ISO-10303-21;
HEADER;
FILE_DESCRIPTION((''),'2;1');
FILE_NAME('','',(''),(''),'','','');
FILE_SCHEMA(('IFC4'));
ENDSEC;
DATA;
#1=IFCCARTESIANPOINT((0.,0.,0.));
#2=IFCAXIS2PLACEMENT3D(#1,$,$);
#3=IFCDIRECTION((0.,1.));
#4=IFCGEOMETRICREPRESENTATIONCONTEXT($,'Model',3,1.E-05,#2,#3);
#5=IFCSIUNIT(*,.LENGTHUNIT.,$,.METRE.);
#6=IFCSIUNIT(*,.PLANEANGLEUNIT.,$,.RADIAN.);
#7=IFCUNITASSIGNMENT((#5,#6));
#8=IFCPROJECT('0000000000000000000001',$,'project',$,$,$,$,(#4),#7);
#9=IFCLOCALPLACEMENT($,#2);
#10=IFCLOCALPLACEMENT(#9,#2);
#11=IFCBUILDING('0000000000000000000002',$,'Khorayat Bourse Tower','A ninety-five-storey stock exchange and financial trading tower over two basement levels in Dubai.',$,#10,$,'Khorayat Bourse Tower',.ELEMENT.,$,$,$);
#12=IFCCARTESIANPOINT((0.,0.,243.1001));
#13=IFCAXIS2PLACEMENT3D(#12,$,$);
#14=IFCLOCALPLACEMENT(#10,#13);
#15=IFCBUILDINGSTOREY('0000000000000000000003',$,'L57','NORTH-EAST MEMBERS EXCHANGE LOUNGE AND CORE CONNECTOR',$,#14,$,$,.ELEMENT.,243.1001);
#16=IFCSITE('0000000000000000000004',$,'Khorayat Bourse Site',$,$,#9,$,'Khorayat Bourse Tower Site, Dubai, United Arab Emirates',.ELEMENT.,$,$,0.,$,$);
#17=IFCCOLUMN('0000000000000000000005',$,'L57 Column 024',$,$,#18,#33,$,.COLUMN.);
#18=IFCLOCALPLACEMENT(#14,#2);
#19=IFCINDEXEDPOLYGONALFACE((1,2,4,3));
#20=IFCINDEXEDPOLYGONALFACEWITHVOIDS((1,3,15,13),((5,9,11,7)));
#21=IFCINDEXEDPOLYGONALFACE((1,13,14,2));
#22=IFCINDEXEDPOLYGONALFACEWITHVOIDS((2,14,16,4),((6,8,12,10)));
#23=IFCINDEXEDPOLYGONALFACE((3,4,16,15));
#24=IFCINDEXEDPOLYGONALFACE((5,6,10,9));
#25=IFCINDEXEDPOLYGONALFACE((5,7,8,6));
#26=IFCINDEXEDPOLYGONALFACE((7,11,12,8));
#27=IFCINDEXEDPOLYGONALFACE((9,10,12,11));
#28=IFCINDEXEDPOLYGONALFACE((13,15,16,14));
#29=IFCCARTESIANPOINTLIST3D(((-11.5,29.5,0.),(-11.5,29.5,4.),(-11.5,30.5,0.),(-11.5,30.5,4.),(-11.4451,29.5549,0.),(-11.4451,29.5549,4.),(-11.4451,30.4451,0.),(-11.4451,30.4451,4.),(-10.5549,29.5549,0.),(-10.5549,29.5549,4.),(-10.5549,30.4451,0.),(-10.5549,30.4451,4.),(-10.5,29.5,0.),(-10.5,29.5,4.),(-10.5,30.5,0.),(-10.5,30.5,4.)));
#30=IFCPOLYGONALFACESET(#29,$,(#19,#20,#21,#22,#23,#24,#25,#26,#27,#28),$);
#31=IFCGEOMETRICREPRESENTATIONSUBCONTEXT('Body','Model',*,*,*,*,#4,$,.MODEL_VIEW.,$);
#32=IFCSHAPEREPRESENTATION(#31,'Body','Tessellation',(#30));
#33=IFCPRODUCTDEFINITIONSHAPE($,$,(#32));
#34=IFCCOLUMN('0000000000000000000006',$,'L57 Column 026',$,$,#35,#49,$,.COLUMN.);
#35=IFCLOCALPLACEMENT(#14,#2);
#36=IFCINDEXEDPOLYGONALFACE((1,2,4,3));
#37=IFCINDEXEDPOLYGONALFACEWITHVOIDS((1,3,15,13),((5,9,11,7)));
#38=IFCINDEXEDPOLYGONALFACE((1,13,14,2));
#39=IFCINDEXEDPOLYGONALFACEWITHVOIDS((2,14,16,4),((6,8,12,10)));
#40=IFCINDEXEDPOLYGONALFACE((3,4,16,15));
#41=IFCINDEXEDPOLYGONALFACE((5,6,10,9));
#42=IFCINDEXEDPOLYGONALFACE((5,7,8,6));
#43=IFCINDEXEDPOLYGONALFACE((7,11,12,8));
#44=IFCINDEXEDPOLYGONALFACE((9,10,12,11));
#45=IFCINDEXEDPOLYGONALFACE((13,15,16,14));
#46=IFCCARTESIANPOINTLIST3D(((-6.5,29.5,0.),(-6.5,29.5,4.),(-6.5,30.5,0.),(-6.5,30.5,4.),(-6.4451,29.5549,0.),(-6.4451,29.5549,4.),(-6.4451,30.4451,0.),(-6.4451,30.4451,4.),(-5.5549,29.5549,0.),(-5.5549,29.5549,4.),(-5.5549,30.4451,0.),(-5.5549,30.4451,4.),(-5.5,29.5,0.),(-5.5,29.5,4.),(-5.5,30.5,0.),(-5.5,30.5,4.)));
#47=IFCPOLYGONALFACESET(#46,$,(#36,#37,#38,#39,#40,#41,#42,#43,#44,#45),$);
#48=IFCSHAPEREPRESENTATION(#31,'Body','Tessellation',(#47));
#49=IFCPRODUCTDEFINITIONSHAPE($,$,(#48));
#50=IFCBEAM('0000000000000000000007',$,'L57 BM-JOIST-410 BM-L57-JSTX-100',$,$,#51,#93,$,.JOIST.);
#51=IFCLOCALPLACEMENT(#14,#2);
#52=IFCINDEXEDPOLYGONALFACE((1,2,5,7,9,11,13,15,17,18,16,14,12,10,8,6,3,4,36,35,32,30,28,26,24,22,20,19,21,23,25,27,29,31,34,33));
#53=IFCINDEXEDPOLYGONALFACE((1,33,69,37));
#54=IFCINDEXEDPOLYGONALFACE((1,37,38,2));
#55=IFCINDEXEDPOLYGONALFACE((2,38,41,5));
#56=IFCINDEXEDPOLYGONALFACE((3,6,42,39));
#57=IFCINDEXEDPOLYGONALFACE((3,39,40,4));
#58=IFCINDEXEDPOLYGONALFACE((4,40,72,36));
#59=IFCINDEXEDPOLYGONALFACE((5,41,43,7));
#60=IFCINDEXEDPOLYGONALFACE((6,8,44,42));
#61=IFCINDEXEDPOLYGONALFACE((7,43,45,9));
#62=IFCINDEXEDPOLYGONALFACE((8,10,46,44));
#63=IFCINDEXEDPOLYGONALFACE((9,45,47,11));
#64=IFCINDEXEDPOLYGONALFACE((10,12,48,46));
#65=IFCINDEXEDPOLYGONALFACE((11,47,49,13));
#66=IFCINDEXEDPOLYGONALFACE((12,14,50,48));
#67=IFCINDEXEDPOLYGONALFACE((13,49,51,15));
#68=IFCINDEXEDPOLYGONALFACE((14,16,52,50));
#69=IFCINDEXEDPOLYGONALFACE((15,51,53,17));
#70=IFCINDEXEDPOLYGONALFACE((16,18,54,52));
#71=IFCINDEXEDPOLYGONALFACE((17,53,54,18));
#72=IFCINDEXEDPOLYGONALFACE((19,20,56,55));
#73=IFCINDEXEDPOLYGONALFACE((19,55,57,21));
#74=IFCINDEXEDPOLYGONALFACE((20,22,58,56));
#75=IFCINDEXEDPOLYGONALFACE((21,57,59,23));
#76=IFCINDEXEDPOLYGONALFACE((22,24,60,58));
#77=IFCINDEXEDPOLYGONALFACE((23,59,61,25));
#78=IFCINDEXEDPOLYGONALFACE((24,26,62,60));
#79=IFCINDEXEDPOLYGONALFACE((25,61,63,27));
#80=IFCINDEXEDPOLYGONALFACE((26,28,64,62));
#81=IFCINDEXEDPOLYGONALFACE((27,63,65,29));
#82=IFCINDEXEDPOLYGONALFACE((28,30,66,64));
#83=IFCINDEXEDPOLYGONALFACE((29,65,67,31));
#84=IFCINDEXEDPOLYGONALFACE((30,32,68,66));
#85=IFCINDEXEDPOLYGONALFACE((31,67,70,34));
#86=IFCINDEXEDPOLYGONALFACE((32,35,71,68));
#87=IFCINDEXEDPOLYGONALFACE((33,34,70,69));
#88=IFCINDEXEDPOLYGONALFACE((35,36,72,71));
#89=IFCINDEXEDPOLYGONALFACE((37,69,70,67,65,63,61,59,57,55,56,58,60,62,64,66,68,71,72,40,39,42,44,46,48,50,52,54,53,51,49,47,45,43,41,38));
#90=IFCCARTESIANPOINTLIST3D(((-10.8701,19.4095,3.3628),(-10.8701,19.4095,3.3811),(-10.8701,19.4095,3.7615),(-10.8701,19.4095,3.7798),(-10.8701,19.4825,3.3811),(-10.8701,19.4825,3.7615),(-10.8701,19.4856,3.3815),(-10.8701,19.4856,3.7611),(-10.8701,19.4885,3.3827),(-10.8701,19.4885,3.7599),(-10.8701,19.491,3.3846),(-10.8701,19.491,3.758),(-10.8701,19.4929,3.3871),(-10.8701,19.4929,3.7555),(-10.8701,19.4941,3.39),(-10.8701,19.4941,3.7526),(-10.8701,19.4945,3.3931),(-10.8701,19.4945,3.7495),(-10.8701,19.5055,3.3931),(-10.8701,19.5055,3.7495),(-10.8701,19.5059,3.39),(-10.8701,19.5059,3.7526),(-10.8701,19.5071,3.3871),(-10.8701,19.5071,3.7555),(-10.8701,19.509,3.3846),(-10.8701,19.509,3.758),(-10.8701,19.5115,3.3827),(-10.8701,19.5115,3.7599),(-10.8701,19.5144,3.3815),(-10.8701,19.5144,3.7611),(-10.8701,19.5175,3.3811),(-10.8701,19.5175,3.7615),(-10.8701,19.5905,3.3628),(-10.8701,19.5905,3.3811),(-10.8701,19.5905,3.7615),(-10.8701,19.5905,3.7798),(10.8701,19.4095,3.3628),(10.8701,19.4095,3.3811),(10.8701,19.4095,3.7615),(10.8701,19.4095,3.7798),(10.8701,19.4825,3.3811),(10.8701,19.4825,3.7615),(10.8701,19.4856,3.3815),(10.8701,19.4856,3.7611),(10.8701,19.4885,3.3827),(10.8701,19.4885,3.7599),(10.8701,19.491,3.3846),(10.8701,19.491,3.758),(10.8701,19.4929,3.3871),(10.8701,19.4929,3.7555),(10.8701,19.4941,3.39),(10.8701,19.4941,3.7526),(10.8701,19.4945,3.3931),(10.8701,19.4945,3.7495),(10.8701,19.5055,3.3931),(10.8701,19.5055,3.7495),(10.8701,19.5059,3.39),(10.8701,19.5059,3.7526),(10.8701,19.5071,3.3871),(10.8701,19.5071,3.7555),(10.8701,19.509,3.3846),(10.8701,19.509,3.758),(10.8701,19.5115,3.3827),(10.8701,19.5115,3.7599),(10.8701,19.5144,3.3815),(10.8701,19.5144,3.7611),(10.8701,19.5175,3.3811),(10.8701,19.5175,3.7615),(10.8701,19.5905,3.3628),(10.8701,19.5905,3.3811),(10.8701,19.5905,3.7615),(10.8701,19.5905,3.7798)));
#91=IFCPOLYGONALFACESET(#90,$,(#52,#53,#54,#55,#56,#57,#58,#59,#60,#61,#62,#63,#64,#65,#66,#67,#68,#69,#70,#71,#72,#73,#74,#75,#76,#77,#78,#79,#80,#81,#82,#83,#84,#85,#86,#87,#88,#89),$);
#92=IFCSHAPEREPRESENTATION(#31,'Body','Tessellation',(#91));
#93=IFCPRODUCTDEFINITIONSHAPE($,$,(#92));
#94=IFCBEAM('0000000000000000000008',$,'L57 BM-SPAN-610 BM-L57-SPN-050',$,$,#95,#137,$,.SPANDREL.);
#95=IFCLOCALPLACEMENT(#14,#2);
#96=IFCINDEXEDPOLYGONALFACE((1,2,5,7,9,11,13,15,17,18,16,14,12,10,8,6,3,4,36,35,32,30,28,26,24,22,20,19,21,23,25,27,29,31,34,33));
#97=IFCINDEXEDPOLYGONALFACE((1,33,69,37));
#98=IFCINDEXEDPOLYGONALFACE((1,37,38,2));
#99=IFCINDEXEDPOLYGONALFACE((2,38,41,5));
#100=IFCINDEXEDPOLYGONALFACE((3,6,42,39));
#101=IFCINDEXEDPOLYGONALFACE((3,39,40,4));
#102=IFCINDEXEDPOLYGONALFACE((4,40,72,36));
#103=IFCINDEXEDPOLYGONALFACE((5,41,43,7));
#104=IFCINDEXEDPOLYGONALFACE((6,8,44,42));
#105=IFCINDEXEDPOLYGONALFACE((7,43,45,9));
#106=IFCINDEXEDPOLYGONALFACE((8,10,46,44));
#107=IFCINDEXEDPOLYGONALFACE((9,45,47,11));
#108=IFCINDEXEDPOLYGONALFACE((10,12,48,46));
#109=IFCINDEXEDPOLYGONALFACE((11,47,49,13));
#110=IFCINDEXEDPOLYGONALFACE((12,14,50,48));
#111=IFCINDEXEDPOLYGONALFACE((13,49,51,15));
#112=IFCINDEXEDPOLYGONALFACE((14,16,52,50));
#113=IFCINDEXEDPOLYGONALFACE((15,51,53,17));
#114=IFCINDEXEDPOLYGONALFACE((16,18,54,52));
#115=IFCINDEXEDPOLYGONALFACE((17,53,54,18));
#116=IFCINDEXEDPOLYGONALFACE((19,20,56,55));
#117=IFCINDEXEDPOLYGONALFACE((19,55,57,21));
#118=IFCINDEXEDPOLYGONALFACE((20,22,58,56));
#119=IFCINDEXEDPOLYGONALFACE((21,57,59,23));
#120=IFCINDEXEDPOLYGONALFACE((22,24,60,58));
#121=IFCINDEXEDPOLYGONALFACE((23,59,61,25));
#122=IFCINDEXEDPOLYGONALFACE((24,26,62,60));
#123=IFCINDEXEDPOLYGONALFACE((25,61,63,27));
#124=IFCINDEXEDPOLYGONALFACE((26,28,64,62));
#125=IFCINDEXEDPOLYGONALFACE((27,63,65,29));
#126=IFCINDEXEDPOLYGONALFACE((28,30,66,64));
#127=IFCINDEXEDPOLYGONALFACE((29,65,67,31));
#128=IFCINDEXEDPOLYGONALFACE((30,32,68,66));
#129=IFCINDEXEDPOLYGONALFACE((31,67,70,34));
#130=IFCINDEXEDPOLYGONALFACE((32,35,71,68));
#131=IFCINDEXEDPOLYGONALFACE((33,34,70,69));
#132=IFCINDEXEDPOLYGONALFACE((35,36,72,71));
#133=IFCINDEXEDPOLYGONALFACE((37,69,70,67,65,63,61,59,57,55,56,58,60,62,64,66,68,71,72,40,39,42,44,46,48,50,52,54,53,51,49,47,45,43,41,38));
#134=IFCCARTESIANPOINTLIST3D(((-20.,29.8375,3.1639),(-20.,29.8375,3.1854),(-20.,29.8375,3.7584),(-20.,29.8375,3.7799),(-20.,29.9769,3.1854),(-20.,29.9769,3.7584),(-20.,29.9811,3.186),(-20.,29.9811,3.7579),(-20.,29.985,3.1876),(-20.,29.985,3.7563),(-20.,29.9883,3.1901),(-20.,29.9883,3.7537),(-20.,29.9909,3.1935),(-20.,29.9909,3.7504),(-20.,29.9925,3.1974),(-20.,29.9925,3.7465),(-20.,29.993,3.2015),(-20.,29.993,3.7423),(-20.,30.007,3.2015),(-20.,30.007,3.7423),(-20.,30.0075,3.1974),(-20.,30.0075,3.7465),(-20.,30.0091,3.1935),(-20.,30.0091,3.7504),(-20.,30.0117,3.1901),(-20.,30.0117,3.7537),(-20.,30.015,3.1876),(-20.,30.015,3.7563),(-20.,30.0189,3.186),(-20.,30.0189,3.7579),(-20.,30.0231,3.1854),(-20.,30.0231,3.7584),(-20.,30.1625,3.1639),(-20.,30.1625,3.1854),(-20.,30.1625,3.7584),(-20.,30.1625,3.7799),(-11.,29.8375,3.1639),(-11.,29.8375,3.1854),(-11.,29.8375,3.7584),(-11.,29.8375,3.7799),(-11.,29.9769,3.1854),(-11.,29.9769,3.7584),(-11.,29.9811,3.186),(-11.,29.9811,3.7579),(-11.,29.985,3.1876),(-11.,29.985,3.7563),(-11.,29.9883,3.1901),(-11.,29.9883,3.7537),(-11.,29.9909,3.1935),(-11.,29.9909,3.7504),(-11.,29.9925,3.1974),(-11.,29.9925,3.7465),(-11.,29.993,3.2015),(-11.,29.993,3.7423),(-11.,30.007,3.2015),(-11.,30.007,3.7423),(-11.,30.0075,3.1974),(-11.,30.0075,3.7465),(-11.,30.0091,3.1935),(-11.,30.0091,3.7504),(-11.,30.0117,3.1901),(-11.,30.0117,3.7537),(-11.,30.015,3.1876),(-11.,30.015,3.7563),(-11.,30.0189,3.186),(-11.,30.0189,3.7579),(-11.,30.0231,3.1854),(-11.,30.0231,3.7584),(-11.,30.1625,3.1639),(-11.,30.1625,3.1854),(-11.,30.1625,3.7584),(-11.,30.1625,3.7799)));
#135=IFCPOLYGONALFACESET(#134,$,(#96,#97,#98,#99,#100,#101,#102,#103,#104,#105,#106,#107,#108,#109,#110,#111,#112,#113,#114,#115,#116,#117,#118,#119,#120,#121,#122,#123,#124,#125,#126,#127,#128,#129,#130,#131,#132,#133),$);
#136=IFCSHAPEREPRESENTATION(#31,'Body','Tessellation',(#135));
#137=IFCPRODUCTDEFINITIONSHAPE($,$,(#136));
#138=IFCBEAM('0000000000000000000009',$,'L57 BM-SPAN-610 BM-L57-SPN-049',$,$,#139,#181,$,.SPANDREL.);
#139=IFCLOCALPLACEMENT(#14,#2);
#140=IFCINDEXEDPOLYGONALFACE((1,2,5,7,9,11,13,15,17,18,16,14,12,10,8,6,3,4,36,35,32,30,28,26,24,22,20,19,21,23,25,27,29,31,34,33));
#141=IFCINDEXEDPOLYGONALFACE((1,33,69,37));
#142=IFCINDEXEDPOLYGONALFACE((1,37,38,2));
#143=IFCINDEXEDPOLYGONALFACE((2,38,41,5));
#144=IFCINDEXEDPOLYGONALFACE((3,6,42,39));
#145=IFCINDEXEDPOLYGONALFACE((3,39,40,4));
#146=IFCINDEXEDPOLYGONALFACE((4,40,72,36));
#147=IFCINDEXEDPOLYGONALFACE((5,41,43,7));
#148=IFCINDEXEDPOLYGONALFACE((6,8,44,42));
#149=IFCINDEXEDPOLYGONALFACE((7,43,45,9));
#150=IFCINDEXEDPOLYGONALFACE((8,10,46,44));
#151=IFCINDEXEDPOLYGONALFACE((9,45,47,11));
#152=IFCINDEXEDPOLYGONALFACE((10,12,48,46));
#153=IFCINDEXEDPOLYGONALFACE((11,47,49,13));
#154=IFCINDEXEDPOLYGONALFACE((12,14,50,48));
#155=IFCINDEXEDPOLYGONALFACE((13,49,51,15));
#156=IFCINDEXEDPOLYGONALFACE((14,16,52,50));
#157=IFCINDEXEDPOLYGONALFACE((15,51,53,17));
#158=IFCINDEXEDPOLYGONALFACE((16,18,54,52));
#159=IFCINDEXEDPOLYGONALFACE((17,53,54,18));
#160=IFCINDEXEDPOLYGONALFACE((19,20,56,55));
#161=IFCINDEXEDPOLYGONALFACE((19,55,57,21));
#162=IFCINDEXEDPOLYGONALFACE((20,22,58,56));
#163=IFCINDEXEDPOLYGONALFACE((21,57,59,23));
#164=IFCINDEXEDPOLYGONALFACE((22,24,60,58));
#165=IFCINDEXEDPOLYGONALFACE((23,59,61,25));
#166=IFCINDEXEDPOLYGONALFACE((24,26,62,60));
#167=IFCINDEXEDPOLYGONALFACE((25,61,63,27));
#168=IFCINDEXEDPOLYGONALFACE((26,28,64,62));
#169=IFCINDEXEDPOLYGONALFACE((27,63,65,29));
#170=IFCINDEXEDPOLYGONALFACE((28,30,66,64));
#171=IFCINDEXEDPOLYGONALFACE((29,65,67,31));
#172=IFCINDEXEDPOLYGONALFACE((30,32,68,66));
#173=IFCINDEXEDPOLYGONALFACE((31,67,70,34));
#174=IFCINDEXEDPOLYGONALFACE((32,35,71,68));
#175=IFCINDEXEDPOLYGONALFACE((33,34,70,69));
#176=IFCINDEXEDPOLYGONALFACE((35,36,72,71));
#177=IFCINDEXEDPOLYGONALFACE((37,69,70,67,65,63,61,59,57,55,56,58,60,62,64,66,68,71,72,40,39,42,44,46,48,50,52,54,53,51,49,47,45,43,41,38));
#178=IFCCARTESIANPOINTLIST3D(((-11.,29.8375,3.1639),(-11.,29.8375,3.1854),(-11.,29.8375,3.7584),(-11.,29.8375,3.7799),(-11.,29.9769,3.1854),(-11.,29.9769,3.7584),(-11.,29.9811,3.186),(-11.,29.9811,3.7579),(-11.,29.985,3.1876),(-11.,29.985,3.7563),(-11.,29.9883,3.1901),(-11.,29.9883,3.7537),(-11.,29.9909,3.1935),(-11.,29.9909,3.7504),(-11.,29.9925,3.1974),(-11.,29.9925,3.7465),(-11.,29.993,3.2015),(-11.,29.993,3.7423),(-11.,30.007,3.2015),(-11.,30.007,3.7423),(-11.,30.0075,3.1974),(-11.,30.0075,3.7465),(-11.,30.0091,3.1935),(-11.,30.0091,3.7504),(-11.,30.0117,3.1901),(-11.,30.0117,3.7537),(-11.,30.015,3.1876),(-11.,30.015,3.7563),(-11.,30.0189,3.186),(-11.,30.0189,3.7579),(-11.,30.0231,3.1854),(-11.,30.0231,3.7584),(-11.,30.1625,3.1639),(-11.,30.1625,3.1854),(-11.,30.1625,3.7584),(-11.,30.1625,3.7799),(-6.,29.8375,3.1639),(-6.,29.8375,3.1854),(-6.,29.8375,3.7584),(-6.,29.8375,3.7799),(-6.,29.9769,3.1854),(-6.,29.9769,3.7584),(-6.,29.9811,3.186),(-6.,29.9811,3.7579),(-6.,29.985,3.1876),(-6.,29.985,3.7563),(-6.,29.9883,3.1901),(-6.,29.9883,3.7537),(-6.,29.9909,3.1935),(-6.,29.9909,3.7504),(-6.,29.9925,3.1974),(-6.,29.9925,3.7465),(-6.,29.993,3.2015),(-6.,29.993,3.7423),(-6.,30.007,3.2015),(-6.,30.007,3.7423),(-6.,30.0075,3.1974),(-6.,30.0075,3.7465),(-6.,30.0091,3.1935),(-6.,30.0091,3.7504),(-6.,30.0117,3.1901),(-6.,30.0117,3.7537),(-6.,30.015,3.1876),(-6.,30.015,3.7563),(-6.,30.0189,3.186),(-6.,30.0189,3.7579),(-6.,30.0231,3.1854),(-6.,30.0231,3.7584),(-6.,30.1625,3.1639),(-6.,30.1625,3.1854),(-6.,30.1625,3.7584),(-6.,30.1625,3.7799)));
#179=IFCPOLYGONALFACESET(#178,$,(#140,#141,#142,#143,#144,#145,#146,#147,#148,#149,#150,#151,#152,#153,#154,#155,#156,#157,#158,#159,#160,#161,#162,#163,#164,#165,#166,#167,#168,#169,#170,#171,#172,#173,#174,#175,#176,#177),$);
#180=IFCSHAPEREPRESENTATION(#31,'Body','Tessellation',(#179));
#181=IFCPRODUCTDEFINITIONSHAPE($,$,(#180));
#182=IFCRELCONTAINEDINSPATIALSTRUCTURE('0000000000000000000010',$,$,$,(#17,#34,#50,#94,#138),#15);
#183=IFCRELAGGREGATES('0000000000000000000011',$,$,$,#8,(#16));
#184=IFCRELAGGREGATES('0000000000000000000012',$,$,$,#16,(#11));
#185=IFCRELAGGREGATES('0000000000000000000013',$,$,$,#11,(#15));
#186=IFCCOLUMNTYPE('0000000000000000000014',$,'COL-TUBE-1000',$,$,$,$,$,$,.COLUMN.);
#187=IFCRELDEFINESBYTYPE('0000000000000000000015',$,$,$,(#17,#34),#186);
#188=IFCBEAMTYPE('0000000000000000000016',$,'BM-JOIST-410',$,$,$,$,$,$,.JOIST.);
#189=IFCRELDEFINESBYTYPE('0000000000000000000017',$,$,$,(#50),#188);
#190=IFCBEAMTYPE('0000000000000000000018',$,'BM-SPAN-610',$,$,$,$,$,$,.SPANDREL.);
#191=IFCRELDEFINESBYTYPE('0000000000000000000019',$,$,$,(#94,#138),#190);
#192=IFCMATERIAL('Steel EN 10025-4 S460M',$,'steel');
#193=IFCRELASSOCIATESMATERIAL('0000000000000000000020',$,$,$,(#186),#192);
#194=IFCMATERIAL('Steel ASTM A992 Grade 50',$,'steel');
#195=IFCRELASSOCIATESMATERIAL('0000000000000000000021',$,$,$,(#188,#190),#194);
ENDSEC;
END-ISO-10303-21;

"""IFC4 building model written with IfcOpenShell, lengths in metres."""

from ifc_helpers import new_model, si_unit, direction, frame, origin, origin_2d, place, context, subcontext, project, spatial, hollow_rectangle, i_section, extrude, source, transform, mapped, material, material_profile, profile_set, type_object, element, save


model = new_model("IFC4")

# Units and contexts
model_context = context("Model", 3, precision=1e-05, world=origin(), true_north=direction((0.0, 1.0)))
body_context = subcontext(model_context, "Body", "Model", "MODEL_VIEW")
ifc_project = project(units=[si_unit("LENGTHUNIT", "METRE"), si_unit("PLANEANGLEUNIT", "RADIAN")], contexts=[model_context])

# Site, building, storey
site_placement = place(None, origin())
site = spatial("IfcSite", under=ifc_project, at=site_placement, Name="Khorayat Bourse Site", LongName="Khorayat Bourse Tower Site, Dubai, United Arab Emirates", CompositionType="ELEMENT", RefElevation=0.0)
building_placement = place(site_placement, origin())
building = spatial("IfcBuilding", under=site, at=building_placement, Name="Khorayat Bourse Tower", Description="A ninety-five-storey stock exchange and financial trading tower over two basement levels in Dubai.", LongName="Khorayat Bourse Tower", CompositionType="ELEMENT")
storey_placement = place(building_placement, frame((0.0, 0.0, 243.1001)))
storey = spatial("IfcBuildingStorey", under=building, at=storey_placement, Name="L57", Description="NORTH-EAST MEMBERS EXCHANGE LOUNGE AND CORE CONNECTOR", CompositionType="ELEMENT", Elevation=243.1001)

# Columns
ifc_material_1 = material(Name="Steel EN 10025-4 S460M", Category="steel")
ifc_material_profile_1 = material_profile(ifc_material_1, hollow_rectangle(XDim=1.0, YDim=1.0, WallThickness=0.0549, at=origin_2d()), Name="BOX 1000x1000x55")
ifc_profile_set_1 = profile_set([ifc_material_profile_1], Name="Steel EN 10025-4 S460M")
column_type = type_object("IfcColumnType", Name="COL-TUBE-1000", PredefinedType="COLUMN", material=ifc_profile_set_1)
shared_shape_1 = source(origin(), body_context, "Body", "SweptSolid", [
    extrude(hollow_rectangle(XDim=1.0, YDim=1.0, WallThickness=0.0549, at=origin_2d()), origin(), (0.0, 0.0, 1.0), 4.0),
])
for number, where, z_axis, x_axis, name in (
    (1, (-11.0, 30.0, 0.0), (0.0, 0.0, 1.0), (1.0, 0.0, 0.0), "L57 Column 024"),
    (2, (-6.0, 30.0, 0.0), (0.0, 0.0, 1.0), (1.0, 0.0, 0.0), "L57 Column 026"),
):
    element("IfcColumn", number, at=place(storey_placement, frame(where, z_axis=z_axis, x_axis=x_axis)), inside=storey, type_object=column_type, Name=name, PredefinedType="COLUMN", context=body_context, shape_type="MappedRepresentation", body=[
        mapped(shared_shape_1, transform((0.0, 0.0, 0.0), scale=1.0)),
    ])

# Beams
ifc_material_2 = material(Name="Steel ASTM A992 Grade 50", Category="steel")
ifc_material_profile_2 = material_profile(ifc_material_2, i_section(OverallWidth=0.1809, OverallDepth=0.417, WebThickness=0.011, FlangeThickness=0.0183, FilletRadius=0.012, at=origin_2d()), Name="W410X85")
ifc_profile_set_2 = profile_set([ifc_material_profile_2], Name="Steel ASTM A992 Grade 50")
beam_type_1 = type_object("IfcBeamType", Name="BM-JOIST-410", PredefinedType="JOIST", material=ifc_profile_set_2)
shared_shape_2 = source(origin(), body_context, "Body", "SweptSolid", [
    extrude(i_section(OverallWidth=0.1809, OverallDepth=0.417, WebThickness=0.011, FlangeThickness=0.0183, FilletRadius=0.012, at=origin_2d()), origin(), (0.0, 0.0, 1.0), 21.7402),
])
beam_1_placement = place(storey_placement, frame((-10.8701, 19.5, 3.5713), z_axis=(1.0, 0.0, 0.0), x_axis=(0.0, 1.0, 0.0)))
element("IfcBeam", 3, at=beam_1_placement, inside=storey, type_object=beam_type_1, Name="L57 BM-JOIST-410 BM-L57-JSTX-100", PredefinedType="JOIST", context=body_context, shape_type="MappedRepresentation", body=[
    mapped(shared_shape_2, transform((0.0, 0.0, 0.0), scale=1.0)),
])
ifc_material_profile_3 = material_profile(ifc_material_2, i_section(OverallWidth=0.325, OverallDepth=0.616, WebThickness=0.0139, FlangeThickness=0.0215, FilletRadius=0.0161, at=origin_2d()), Name="W610X174")
ifc_profile_set_3 = profile_set([ifc_material_profile_3], Name="Steel ASTM A992 Grade 50")
beam_type_2 = type_object("IfcBeamType", Name="BM-SPAN-610", PredefinedType="SPANDREL", material=ifc_profile_set_3)
shared_shape_3 = source(origin(), body_context, "Body", "SweptSolid", [
    extrude(i_section(OverallWidth=0.325, OverallDepth=0.616, WebThickness=0.0139, FlangeThickness=0.0215, FilletRadius=0.0161, at=origin_2d()), origin(), (0.0, 0.0, 1.0), 9.0),
])
beam_2_placement = place(storey_placement, frame((-20.0, 30.0, 3.4719), z_axis=(1.0, 0.0, 0.0), x_axis=(0.0, 1.0, 0.0)))
element("IfcBeam", 4, at=beam_2_placement, inside=storey, type_object=beam_type_2, Name="L57 BM-SPAN-610 BM-L57-SPN-050", PredefinedType="SPANDREL", context=body_context, shape_type="MappedRepresentation", body=[
    mapped(shared_shape_3, transform((0.0, 0.0, 0.0), scale=1.0)),
])
shared_shape_4 = source(origin(), body_context, "Body", "SweptSolid", [
    extrude(i_section(OverallWidth=0.325, OverallDepth=0.616, WebThickness=0.0139, FlangeThickness=0.0215, FilletRadius=0.0161, at=origin_2d()), origin(), (0.0, 0.0, 1.0), 5.0),
])
beam_3_placement = place(storey_placement, frame((-11.0, 30.0, 3.4719), z_axis=(1.0, 0.0, 0.0), x_axis=(0.0, 1.0, 0.0)))
element("IfcBeam", 5, at=beam_3_placement, inside=storey, type_object=beam_type_2, Name="L57 BM-SPAN-610 BM-L57-SPN-049", PredefinedType="SPANDREL", context=body_context, shape_type="MappedRepresentation", body=[
    mapped(shared_shape_4, transform((0.0, 0.0, 0.0), scale=1.0)),
])

save(model, "model.ifc")
